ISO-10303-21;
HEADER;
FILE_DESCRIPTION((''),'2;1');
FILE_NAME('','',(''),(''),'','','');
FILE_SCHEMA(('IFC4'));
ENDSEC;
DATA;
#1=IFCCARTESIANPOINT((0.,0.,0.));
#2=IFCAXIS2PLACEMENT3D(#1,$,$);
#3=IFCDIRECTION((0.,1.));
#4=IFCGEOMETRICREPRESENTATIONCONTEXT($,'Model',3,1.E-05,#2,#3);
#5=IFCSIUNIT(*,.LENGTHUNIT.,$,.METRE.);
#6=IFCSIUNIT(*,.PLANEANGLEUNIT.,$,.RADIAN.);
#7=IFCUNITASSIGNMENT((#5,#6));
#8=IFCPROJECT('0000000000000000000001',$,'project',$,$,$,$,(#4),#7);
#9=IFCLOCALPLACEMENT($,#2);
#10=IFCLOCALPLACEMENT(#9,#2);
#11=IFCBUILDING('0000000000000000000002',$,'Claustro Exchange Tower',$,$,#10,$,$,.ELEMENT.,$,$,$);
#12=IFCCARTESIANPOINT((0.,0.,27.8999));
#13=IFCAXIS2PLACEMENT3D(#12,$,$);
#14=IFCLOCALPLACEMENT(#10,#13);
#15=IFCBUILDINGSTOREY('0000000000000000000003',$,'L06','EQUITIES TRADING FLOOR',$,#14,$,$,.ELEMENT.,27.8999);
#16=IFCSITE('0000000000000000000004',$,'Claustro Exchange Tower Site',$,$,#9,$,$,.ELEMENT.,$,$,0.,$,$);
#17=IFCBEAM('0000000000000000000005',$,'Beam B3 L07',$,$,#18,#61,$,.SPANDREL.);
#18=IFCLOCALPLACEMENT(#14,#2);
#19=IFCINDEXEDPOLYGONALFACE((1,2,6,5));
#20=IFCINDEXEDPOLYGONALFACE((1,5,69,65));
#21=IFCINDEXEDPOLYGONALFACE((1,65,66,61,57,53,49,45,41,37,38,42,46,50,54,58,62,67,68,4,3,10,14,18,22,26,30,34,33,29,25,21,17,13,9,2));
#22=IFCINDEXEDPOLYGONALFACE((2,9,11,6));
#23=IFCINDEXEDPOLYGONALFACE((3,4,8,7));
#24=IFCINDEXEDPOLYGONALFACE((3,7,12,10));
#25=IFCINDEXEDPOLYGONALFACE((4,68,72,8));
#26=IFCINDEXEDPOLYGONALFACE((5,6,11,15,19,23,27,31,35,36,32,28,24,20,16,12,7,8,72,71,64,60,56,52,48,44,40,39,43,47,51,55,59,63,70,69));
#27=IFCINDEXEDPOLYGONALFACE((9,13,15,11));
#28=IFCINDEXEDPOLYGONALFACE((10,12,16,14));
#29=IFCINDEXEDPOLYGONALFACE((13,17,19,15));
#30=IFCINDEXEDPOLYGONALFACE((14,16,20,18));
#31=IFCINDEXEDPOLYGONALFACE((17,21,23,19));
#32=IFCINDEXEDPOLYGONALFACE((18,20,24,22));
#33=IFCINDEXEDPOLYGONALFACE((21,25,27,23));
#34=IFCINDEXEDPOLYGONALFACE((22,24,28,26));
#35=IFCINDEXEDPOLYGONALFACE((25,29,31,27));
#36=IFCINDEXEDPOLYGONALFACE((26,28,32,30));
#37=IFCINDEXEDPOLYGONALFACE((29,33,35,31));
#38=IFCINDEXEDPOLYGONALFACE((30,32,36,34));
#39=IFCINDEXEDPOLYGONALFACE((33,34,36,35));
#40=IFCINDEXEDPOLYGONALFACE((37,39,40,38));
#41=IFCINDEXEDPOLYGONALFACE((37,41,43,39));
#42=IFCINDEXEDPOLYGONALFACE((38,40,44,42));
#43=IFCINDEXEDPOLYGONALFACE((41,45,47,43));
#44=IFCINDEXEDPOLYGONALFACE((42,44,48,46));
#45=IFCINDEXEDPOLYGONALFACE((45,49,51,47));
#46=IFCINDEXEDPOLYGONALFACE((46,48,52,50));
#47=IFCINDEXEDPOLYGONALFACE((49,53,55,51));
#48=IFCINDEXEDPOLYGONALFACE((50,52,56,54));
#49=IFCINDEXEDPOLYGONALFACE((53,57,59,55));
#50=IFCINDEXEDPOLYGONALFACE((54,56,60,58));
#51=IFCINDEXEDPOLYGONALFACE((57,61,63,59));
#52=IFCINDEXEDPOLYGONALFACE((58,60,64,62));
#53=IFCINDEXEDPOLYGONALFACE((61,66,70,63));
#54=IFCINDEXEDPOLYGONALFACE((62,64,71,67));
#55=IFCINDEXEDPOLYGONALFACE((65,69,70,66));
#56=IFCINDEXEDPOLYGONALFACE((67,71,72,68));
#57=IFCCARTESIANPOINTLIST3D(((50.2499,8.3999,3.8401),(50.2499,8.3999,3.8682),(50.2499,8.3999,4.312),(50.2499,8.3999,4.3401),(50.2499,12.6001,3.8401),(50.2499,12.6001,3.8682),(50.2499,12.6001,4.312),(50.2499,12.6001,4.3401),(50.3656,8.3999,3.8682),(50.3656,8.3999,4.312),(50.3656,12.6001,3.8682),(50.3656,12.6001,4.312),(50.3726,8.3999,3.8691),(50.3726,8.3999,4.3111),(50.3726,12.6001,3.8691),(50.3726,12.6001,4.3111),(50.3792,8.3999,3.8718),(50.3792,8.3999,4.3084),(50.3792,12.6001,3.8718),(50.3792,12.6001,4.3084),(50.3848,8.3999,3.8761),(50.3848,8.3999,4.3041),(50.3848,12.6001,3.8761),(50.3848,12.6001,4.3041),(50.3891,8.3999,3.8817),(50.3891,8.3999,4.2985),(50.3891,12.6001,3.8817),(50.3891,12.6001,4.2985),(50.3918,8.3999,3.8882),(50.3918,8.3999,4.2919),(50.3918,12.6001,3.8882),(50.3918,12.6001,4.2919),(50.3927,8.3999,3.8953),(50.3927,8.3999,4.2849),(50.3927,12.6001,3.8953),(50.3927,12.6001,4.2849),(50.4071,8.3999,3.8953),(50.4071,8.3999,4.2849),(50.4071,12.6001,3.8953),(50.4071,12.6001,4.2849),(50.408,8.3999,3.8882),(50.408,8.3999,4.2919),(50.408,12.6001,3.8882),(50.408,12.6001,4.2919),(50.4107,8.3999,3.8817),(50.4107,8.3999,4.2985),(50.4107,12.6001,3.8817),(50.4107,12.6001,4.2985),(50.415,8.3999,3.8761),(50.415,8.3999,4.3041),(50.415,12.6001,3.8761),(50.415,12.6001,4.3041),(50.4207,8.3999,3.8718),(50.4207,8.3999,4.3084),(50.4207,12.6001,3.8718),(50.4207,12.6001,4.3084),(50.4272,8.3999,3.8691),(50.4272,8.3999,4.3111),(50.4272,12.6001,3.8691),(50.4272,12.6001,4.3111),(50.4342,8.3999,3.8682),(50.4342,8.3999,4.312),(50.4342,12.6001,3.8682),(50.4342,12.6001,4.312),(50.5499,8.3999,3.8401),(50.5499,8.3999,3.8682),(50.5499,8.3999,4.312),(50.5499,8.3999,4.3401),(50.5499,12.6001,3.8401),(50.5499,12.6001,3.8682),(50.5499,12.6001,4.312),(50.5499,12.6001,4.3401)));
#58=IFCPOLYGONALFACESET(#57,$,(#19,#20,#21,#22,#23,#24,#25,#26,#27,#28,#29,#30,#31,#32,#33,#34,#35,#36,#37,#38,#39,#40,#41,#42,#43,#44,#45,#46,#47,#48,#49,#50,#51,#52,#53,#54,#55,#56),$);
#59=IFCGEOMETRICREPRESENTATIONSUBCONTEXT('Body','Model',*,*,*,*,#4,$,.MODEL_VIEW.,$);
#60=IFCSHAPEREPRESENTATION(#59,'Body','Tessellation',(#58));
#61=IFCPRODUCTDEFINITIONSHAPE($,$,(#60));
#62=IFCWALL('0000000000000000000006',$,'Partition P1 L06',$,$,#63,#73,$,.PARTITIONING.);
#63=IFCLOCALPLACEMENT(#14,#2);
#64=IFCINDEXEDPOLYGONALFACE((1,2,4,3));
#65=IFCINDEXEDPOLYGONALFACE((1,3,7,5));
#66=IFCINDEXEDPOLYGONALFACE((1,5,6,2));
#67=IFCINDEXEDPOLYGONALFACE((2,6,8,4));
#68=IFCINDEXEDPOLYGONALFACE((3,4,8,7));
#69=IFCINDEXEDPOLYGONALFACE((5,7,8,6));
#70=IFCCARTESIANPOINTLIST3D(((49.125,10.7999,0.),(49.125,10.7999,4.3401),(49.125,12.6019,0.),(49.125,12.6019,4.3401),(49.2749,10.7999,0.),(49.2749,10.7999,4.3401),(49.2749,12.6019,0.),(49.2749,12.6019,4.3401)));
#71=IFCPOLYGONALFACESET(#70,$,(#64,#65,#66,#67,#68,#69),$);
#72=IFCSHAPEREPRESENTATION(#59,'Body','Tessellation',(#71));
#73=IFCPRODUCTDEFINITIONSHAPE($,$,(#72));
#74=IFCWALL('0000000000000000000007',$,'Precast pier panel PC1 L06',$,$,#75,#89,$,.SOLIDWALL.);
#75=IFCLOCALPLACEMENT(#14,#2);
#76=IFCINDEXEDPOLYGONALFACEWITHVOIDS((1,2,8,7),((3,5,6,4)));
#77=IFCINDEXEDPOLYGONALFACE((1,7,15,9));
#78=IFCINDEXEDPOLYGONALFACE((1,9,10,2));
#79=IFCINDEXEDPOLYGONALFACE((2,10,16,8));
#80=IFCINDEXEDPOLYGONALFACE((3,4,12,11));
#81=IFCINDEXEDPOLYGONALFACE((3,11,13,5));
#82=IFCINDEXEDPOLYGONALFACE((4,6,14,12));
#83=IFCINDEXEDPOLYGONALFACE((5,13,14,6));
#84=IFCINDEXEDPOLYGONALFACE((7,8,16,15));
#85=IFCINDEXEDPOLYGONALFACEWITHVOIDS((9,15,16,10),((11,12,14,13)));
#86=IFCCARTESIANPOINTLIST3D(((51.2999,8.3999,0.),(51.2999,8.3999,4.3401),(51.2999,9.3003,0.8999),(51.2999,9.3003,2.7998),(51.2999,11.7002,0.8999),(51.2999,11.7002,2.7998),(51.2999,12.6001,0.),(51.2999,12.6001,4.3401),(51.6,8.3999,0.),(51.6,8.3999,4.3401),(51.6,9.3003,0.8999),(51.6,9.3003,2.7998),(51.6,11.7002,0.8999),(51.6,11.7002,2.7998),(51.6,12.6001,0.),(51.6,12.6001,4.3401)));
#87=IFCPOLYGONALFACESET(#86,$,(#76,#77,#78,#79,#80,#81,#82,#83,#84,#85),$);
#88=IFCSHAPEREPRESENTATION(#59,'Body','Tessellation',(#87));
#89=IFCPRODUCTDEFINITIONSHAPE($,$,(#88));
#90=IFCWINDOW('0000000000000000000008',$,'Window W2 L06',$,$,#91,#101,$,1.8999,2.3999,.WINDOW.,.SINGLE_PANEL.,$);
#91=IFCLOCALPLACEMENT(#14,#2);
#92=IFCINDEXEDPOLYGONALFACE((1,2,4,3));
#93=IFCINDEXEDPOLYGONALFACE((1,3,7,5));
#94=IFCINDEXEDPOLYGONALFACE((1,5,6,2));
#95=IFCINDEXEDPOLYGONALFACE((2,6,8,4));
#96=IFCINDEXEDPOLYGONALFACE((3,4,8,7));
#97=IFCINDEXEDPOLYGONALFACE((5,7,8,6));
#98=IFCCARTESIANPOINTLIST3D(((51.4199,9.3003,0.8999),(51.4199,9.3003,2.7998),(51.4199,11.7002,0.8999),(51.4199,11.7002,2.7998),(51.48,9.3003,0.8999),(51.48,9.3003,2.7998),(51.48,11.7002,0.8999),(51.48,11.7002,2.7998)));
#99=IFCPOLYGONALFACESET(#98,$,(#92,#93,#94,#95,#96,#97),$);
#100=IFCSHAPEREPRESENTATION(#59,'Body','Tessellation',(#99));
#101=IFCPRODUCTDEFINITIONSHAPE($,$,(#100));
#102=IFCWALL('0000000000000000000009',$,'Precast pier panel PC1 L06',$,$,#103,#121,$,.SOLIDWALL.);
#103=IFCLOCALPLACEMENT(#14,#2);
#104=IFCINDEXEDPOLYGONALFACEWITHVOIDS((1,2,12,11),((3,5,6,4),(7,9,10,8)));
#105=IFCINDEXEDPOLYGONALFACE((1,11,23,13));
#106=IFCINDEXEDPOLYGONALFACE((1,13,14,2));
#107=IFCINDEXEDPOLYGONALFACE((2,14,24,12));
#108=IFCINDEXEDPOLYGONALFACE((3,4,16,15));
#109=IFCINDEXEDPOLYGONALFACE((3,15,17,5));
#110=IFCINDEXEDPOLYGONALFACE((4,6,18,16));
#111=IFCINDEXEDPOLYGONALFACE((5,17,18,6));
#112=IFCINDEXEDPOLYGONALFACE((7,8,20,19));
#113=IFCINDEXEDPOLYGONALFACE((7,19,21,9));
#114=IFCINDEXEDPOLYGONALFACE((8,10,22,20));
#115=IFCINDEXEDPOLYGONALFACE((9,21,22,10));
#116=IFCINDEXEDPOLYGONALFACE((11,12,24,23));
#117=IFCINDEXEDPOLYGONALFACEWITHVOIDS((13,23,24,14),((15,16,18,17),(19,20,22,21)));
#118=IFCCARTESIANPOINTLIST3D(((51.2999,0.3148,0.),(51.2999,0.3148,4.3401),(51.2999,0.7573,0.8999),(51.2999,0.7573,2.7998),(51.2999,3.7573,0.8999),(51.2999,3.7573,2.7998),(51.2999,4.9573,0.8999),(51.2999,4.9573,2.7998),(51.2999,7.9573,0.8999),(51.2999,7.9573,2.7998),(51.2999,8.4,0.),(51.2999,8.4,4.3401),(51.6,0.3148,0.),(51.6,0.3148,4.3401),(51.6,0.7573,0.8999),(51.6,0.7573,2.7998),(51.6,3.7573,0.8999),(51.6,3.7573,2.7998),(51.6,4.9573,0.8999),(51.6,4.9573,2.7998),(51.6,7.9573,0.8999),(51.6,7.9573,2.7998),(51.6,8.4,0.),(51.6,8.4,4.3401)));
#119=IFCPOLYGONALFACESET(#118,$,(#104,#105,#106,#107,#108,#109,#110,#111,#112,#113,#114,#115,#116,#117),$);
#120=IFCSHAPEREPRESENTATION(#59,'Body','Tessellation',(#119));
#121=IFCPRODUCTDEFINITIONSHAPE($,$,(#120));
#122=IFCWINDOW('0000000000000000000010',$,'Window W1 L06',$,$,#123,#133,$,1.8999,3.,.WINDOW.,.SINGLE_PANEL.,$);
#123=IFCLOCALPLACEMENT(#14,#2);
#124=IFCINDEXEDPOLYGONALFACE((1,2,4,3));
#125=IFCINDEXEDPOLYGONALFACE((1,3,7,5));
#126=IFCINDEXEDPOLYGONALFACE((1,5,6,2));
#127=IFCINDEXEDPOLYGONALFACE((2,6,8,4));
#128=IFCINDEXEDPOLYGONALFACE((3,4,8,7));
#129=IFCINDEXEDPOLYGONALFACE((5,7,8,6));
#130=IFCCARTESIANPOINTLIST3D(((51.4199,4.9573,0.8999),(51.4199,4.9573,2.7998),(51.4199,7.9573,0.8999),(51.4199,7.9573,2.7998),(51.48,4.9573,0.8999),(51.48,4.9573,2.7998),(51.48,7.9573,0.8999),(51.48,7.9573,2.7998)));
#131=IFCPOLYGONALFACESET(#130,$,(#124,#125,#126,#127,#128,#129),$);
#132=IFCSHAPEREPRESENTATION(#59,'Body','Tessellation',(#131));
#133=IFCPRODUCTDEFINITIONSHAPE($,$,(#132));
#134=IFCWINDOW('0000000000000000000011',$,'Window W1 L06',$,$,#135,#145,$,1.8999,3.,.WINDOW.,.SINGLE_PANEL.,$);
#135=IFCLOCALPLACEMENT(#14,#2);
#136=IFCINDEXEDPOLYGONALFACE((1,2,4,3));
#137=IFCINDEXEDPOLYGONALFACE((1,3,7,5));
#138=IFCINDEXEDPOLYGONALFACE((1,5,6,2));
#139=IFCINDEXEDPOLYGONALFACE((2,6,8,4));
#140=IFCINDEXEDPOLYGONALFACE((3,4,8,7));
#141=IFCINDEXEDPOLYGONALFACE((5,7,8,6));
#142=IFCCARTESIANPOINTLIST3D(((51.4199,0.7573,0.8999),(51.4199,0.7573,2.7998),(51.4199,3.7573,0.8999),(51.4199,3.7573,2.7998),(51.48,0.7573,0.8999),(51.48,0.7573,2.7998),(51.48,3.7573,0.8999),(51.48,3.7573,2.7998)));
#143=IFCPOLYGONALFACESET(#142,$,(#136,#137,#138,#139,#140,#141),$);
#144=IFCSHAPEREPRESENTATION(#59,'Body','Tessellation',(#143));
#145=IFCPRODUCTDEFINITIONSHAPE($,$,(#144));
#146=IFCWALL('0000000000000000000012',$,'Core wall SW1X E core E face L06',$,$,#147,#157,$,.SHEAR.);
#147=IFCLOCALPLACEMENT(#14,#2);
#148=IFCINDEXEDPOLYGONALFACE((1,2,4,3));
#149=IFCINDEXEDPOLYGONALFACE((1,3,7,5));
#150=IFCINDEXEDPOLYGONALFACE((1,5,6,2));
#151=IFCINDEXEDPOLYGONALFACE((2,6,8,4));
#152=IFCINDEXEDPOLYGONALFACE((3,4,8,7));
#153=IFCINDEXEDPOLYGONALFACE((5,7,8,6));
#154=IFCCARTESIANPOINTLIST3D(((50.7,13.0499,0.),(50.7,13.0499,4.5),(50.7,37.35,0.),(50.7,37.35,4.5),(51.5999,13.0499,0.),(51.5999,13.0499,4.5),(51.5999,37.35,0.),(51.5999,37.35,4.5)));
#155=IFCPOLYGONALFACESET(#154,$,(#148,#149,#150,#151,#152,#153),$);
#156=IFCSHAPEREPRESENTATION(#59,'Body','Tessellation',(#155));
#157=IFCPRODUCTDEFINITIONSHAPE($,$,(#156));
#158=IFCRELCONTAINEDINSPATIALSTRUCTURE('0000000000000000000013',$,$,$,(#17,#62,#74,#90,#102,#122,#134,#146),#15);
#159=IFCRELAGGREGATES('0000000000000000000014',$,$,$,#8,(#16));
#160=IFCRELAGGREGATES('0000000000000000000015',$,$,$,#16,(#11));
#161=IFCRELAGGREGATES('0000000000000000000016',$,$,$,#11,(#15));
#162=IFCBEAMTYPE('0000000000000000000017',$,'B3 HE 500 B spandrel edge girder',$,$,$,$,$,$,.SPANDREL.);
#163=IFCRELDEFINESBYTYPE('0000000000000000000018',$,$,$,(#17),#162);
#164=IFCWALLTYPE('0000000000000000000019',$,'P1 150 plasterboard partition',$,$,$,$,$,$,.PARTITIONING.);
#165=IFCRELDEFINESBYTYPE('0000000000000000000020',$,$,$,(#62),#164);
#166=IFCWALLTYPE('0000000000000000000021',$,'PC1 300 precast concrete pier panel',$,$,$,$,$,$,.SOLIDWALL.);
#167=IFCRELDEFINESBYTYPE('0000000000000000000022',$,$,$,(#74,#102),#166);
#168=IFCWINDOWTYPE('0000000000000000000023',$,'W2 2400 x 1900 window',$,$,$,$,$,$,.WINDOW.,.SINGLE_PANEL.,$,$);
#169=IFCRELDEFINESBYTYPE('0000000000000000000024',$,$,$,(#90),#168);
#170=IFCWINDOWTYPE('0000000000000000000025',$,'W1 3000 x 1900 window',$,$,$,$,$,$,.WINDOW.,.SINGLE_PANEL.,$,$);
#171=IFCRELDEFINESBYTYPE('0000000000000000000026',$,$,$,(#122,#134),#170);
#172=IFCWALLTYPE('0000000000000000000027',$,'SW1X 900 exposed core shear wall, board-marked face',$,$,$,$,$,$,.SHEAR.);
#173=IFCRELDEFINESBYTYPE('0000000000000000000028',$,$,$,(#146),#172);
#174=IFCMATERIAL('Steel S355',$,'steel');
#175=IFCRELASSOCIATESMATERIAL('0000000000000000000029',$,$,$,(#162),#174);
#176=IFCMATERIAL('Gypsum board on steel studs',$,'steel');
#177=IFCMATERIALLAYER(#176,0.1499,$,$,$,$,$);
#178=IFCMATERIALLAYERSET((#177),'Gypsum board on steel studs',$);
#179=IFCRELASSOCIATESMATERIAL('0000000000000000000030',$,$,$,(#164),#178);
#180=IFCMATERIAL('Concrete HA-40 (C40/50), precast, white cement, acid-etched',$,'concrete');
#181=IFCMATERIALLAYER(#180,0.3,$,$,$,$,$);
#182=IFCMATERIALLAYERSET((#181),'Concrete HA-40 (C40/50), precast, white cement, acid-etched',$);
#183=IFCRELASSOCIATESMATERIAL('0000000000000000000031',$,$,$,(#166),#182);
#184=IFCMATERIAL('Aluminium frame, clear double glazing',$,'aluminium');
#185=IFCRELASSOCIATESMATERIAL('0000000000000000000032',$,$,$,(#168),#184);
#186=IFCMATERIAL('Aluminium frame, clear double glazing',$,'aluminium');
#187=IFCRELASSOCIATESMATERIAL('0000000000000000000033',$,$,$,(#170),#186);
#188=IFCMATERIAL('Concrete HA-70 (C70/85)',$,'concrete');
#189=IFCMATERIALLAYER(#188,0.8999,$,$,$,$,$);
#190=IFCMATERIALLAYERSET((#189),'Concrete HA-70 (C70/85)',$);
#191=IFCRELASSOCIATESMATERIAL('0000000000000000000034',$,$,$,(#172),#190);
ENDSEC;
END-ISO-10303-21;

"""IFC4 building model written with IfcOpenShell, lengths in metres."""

from ifc_helpers import new_model, si_unit, direction, frame, frame_2d, origin, origin_2d, place, context, subcontext, project, spatial, rectangle, i_section, extrude, material, layer, layer_set, material_profile, profile_set, type_object, element, fill, save


model = new_model("IFC4")

# Units and contexts
model_context = context("Model", 3, precision=1e-05, world=origin(), true_north=direction((0.0, 1.0)))
body_context = subcontext(model_context, "Body", "Model", "MODEL_VIEW")
ifc_project = project(units=[si_unit("LENGTHUNIT", "METRE"), si_unit("PLANEANGLEUNIT", "RADIAN")], contexts=[model_context])

# Site, building, storey
site_placement = place(None, origin())
site = spatial("IfcSite", under=ifc_project, at=site_placement, Name="Claustro Exchange Tower Site", CompositionType="ELEMENT", RefElevation=0.0)
building_placement = place(site_placement, origin())
building = spatial("IfcBuilding", under=site, at=building_placement, Name="Claustro Exchange Tower", CompositionType="ELEMENT")
storey_placement = place(building_placement, frame((0.0, 0.0, 27.8999)))
storey = spatial("IfcBuildingStorey", under=building, at=storey_placement, Name="L06", Description="EQUITIES TRADING FLOOR", CompositionType="ELEMENT", Elevation=27.8999)

# Beam
ifc_material_1 = material(Name="Steel S355", Category="steel")
ifc_material_profile = material_profile(ifc_material_1, i_section(OverallWidth=0.3, OverallDepth=0.5, WebThickness=0.0144, FlangeThickness=0.0281, FilletRadius=0.0271, at=origin_2d()), Name="HE 500 B")
ifc_profile_set = profile_set([ifc_material_profile], Name="Steel S355")
beam_type = type_object("IfcBeamType", Name="B3 HE 500 B spandrel edge girder", PredefinedType="SPANDREL", material=ifc_profile_set)
beam_placement = place(storey_placement, frame((50.3999, 8.3999, 4.0901), z_axis=(0.0, 1.0, 0.0), x_axis=(-1.0, 0.0, 0.0)))
element("IfcBeam", 1, at=beam_placement, inside=storey, type_object=beam_type, Name="Beam B3 L07", PredefinedType="SPANDREL", context=body_context, shape_type="SweptSolid", body=[
    extrude(i_section(OverallWidth=0.3, OverallDepth=0.5, WebThickness=0.0144, FlangeThickness=0.0281, FilletRadius=0.0271, at=origin_2d()), origin(), (0.0, 0.0, 1.0), 4.2002),
])

# Wall
ifc_material_2 = material(Name="Gypsum board on steel studs", Category="steel")
ifc_layer_1 = layer(ifc_material_2, 0.1499)
ifc_layer_set_1 = layer_set([ifc_layer_1], Name="Gypsum board on steel studs")
wall_type_1 = type_object("IfcWallType", Name="P1 150 plasterboard partition", PredefinedType="PARTITIONING", material=ifc_layer_set_1)
wall_1_placement = place(storey_placement, frame((49.2, 10.8, 0.0), z_axis=(0.0, 0.0, 1.0), x_axis=(0.0, 1.0, 0.0)))
element("IfcWall", 2, at=wall_1_placement, inside=storey, type_object=wall_type_1, Name="Partition P1 L06", PredefinedType="PARTITIONING", context=body_context, shape_type="SweptSolid", body=[
    extrude(rectangle(XDim=1.802, YDim=0.1499, at=frame_2d((0.9009, 0.0))), origin(), (0.0, 0.0, 1.0), 4.3401),
])

# Wall, opening, window
ifc_material_3 = material(Name="Concrete HA-40 (C40/50), precast, white cement, acid-etched", Category="concrete")
ifc_layer_2 = layer(ifc_material_3, 0.3)
ifc_layer_set_2 = layer_set([ifc_layer_2], Name="Concrete HA-40 (C40/50), precast, white cement, acid-etched")
wall_type_2 = type_object("IfcWallType", Name="PC1 300 precast concrete pier panel", PredefinedType="SOLIDWALL", material=ifc_layer_set_2)
wall_2_placement = place(storey_placement, frame((51.45, 12.6001, 0.0), z_axis=(0.0, 0.0, 1.0), x_axis=(0.0, -1.0, 0.0)))
wall_2 = element("IfcWall", 3, at=wall_2_placement, inside=storey, type_object=wall_type_2, Name="Precast pier panel PC1 L06", PredefinedType="SOLIDWALL", context=body_context, shape_type="SweptSolid", body=[
    extrude(rectangle(XDim=4.2002, YDim=0.3, at=frame_2d((2.1001, 0.0))), origin(), (0.0, 0.0, 1.0), 4.3401),
])
opening_1_placement = place(wall_2_placement, frame((0.8999, 0.0, 0.8999)))
opening_1 = element("IfcOpeningElement", 4, at=opening_1_placement, cuts=wall_2, PredefinedType="OPENING", context=body_context, shape_type="SweptSolid", body=[
    extrude(rectangle(XDim=2.3999, YDim=1.8999, at=frame_2d((1.2, 0.95))), frame((0.0, 0.1599, 0.0), z_axis=(0.0, -1.0, 0.0), x_axis=(1.0, 0.0, 0.0)), (0.0, 0.0, 1.0), 0.3201),
])
ifc_material_4 = material(Name="Aluminium frame, clear double glazing", Category="aluminium")
window_type_1 = type_object("IfcWindowType", Name="W2 2400 x 1900 window", PartitioningType="SINGLE_PANEL", PredefinedType="WINDOW", material=ifc_material_4)
window_1_placement = place(opening_1_placement, origin())
window_1 = element("IfcWindow", 5, at=window_1_placement, inside=storey, type_object=window_type_1, Name="Window W2 L06", OverallHeight=1.8999, OverallWidth=2.3999, PartitioningType="SINGLE_PANEL", PredefinedType="WINDOW", context=body_context, shape_type="SweptSolid", body=[
    extrude(rectangle(XDim=2.3999, YDim=1.8999, at=frame_2d((1.2, 0.95))), frame((0.0, 0.03, 0.0), z_axis=(0.0, -1.0, 0.0), x_axis=(1.0, 0.0, 0.0)), (0.0, 0.0, 1.0), 0.0601),
])
fill(opening_1, window_1)

# Wall, openings, windows
wall_3_placement = place(storey_placement, frame((51.45, 8.3999, 0.0), z_axis=(0.0, 0.0, 1.0), x_axis=(0.0, -1.0, 0.0)))
wall_3 = element("IfcWall", 6, at=wall_3_placement, inside=storey, type_object=wall_type_2, Name="Precast pier panel PC1 L06", PredefinedType="SOLIDWALL", context=body_context, shape_type="SweptSolid", body=[
    extrude(rectangle(XDim=8.0852, YDim=0.3, at=frame_2d((4.0425, 0.0))), origin(), (0.0, 0.0, 1.0), 4.3401),
])
opening_2_placement = place(wall_3_placement, frame((0.4426, 0.0, 0.8999)))
opening_2 = element("IfcOpeningElement", 7, at=opening_2_placement, cuts=wall_3, PredefinedType="OPENING", context=body_context, shape_type="SweptSolid", body=[
    extrude(rectangle(XDim=3.0, YDim=1.8999, at=frame_2d((1.5, 0.95))), frame((0.0, 0.1599, 0.0), z_axis=(0.0, -1.0, 0.0), x_axis=(1.0, 0.0, 0.0)), (0.0, 0.0, 1.0), 0.3201),
])
opening_3_placement = place(wall_3_placement, frame((4.6426, 0.0, 0.8999)))
opening_3 = element("IfcOpeningElement", 8, at=opening_3_placement, cuts=wall_3, PredefinedType="OPENING", context=body_context, shape_type="SweptSolid", body=[
    extrude(rectangle(XDim=3.0, YDim=1.8999, at=frame_2d((1.5, 0.95))), frame((0.0, 0.1599, 0.0), z_axis=(0.0, -1.0, 0.0), x_axis=(1.0, 0.0, 0.0)), (0.0, 0.0, 1.0), 0.3201),
])
ifc_material_5 = material(Name="Aluminium frame, clear double glazing", Category="aluminium")
window_type_2 = type_object("IfcWindowType", Name="W1 3000 x 1900 window", PartitioningType="SINGLE_PANEL", PredefinedType="WINDOW", material=ifc_material_5)
window_2_placement = place(opening_2_placement, origin())
window_2 = element("IfcWindow", 9, at=window_2_placement, inside=storey, type_object=window_type_2, Name="Window W1 L06", OverallHeight=1.8999, OverallWidth=3.0, PartitioningType="SINGLE_PANEL", PredefinedType="WINDOW", context=body_context, shape_type="SweptSolid", body=[
    extrude(rectangle(XDim=3.0, YDim=1.8999, at=frame_2d((1.5, 0.95))), frame((0.0, 0.03, 0.0), z_axis=(0.0, -1.0, 0.0), x_axis=(1.0, 0.0, 0.0)), (0.0, 0.0, 1.0), 0.0601),
])
fill(opening_2, window_2)
window_3_placement = place(opening_3_placement, origin())
window_3 = element("IfcWindow", 10, at=window_3_placement, inside=storey, type_object=window_type_2, Name="Window W1 L06", OverallHeight=1.8999, OverallWidth=3.0, PartitioningType="SINGLE_PANEL", PredefinedType="WINDOW", context=body_context, shape_type="SweptSolid", body=[
    extrude(rectangle(XDim=3.0, YDim=1.8999, at=frame_2d((1.5, 0.95))), frame((0.0, 0.03, 0.0), z_axis=(0.0, -1.0, 0.0), x_axis=(1.0, 0.0, 0.0)), (0.0, 0.0, 1.0), 0.0601),
])
fill(opening_3, window_3)

# Wall
ifc_material_6 = material(Name="Concrete HA-70 (C70/85)", Category="concrete")
ifc_layer_3 = layer(ifc_material_6, 0.8999)
ifc_layer_set_3 = layer_set([ifc_layer_3], Name="Concrete HA-70 (C70/85)")
wall_type_3 = type_object("IfcWallType", Name="SW1X 900 exposed core shear wall, board-marked face", PredefinedType="SHEAR", material=ifc_layer_set_3)
wall_4_placement = place(storey_placement, frame((51.1499, 13.05, 0.0), z_axis=(0.0, 0.0, 1.0), x_axis=(0.0, 1.0, 0.0)))
element("IfcWall", 11, at=wall_4_placement, inside=storey, type_object=wall_type_3, Name="Core wall SW1X E core E face L06", PredefinedType="SHEAR", context=body_context, shape_type="SweptSolid", body=[
    extrude(rectangle(XDim=24.3, YDim=0.8999, at=frame_2d((12.1499, 0.0))), origin(), (0.0, 0.0, 1.0), 4.5),
])

save(model, "model.ifc")
